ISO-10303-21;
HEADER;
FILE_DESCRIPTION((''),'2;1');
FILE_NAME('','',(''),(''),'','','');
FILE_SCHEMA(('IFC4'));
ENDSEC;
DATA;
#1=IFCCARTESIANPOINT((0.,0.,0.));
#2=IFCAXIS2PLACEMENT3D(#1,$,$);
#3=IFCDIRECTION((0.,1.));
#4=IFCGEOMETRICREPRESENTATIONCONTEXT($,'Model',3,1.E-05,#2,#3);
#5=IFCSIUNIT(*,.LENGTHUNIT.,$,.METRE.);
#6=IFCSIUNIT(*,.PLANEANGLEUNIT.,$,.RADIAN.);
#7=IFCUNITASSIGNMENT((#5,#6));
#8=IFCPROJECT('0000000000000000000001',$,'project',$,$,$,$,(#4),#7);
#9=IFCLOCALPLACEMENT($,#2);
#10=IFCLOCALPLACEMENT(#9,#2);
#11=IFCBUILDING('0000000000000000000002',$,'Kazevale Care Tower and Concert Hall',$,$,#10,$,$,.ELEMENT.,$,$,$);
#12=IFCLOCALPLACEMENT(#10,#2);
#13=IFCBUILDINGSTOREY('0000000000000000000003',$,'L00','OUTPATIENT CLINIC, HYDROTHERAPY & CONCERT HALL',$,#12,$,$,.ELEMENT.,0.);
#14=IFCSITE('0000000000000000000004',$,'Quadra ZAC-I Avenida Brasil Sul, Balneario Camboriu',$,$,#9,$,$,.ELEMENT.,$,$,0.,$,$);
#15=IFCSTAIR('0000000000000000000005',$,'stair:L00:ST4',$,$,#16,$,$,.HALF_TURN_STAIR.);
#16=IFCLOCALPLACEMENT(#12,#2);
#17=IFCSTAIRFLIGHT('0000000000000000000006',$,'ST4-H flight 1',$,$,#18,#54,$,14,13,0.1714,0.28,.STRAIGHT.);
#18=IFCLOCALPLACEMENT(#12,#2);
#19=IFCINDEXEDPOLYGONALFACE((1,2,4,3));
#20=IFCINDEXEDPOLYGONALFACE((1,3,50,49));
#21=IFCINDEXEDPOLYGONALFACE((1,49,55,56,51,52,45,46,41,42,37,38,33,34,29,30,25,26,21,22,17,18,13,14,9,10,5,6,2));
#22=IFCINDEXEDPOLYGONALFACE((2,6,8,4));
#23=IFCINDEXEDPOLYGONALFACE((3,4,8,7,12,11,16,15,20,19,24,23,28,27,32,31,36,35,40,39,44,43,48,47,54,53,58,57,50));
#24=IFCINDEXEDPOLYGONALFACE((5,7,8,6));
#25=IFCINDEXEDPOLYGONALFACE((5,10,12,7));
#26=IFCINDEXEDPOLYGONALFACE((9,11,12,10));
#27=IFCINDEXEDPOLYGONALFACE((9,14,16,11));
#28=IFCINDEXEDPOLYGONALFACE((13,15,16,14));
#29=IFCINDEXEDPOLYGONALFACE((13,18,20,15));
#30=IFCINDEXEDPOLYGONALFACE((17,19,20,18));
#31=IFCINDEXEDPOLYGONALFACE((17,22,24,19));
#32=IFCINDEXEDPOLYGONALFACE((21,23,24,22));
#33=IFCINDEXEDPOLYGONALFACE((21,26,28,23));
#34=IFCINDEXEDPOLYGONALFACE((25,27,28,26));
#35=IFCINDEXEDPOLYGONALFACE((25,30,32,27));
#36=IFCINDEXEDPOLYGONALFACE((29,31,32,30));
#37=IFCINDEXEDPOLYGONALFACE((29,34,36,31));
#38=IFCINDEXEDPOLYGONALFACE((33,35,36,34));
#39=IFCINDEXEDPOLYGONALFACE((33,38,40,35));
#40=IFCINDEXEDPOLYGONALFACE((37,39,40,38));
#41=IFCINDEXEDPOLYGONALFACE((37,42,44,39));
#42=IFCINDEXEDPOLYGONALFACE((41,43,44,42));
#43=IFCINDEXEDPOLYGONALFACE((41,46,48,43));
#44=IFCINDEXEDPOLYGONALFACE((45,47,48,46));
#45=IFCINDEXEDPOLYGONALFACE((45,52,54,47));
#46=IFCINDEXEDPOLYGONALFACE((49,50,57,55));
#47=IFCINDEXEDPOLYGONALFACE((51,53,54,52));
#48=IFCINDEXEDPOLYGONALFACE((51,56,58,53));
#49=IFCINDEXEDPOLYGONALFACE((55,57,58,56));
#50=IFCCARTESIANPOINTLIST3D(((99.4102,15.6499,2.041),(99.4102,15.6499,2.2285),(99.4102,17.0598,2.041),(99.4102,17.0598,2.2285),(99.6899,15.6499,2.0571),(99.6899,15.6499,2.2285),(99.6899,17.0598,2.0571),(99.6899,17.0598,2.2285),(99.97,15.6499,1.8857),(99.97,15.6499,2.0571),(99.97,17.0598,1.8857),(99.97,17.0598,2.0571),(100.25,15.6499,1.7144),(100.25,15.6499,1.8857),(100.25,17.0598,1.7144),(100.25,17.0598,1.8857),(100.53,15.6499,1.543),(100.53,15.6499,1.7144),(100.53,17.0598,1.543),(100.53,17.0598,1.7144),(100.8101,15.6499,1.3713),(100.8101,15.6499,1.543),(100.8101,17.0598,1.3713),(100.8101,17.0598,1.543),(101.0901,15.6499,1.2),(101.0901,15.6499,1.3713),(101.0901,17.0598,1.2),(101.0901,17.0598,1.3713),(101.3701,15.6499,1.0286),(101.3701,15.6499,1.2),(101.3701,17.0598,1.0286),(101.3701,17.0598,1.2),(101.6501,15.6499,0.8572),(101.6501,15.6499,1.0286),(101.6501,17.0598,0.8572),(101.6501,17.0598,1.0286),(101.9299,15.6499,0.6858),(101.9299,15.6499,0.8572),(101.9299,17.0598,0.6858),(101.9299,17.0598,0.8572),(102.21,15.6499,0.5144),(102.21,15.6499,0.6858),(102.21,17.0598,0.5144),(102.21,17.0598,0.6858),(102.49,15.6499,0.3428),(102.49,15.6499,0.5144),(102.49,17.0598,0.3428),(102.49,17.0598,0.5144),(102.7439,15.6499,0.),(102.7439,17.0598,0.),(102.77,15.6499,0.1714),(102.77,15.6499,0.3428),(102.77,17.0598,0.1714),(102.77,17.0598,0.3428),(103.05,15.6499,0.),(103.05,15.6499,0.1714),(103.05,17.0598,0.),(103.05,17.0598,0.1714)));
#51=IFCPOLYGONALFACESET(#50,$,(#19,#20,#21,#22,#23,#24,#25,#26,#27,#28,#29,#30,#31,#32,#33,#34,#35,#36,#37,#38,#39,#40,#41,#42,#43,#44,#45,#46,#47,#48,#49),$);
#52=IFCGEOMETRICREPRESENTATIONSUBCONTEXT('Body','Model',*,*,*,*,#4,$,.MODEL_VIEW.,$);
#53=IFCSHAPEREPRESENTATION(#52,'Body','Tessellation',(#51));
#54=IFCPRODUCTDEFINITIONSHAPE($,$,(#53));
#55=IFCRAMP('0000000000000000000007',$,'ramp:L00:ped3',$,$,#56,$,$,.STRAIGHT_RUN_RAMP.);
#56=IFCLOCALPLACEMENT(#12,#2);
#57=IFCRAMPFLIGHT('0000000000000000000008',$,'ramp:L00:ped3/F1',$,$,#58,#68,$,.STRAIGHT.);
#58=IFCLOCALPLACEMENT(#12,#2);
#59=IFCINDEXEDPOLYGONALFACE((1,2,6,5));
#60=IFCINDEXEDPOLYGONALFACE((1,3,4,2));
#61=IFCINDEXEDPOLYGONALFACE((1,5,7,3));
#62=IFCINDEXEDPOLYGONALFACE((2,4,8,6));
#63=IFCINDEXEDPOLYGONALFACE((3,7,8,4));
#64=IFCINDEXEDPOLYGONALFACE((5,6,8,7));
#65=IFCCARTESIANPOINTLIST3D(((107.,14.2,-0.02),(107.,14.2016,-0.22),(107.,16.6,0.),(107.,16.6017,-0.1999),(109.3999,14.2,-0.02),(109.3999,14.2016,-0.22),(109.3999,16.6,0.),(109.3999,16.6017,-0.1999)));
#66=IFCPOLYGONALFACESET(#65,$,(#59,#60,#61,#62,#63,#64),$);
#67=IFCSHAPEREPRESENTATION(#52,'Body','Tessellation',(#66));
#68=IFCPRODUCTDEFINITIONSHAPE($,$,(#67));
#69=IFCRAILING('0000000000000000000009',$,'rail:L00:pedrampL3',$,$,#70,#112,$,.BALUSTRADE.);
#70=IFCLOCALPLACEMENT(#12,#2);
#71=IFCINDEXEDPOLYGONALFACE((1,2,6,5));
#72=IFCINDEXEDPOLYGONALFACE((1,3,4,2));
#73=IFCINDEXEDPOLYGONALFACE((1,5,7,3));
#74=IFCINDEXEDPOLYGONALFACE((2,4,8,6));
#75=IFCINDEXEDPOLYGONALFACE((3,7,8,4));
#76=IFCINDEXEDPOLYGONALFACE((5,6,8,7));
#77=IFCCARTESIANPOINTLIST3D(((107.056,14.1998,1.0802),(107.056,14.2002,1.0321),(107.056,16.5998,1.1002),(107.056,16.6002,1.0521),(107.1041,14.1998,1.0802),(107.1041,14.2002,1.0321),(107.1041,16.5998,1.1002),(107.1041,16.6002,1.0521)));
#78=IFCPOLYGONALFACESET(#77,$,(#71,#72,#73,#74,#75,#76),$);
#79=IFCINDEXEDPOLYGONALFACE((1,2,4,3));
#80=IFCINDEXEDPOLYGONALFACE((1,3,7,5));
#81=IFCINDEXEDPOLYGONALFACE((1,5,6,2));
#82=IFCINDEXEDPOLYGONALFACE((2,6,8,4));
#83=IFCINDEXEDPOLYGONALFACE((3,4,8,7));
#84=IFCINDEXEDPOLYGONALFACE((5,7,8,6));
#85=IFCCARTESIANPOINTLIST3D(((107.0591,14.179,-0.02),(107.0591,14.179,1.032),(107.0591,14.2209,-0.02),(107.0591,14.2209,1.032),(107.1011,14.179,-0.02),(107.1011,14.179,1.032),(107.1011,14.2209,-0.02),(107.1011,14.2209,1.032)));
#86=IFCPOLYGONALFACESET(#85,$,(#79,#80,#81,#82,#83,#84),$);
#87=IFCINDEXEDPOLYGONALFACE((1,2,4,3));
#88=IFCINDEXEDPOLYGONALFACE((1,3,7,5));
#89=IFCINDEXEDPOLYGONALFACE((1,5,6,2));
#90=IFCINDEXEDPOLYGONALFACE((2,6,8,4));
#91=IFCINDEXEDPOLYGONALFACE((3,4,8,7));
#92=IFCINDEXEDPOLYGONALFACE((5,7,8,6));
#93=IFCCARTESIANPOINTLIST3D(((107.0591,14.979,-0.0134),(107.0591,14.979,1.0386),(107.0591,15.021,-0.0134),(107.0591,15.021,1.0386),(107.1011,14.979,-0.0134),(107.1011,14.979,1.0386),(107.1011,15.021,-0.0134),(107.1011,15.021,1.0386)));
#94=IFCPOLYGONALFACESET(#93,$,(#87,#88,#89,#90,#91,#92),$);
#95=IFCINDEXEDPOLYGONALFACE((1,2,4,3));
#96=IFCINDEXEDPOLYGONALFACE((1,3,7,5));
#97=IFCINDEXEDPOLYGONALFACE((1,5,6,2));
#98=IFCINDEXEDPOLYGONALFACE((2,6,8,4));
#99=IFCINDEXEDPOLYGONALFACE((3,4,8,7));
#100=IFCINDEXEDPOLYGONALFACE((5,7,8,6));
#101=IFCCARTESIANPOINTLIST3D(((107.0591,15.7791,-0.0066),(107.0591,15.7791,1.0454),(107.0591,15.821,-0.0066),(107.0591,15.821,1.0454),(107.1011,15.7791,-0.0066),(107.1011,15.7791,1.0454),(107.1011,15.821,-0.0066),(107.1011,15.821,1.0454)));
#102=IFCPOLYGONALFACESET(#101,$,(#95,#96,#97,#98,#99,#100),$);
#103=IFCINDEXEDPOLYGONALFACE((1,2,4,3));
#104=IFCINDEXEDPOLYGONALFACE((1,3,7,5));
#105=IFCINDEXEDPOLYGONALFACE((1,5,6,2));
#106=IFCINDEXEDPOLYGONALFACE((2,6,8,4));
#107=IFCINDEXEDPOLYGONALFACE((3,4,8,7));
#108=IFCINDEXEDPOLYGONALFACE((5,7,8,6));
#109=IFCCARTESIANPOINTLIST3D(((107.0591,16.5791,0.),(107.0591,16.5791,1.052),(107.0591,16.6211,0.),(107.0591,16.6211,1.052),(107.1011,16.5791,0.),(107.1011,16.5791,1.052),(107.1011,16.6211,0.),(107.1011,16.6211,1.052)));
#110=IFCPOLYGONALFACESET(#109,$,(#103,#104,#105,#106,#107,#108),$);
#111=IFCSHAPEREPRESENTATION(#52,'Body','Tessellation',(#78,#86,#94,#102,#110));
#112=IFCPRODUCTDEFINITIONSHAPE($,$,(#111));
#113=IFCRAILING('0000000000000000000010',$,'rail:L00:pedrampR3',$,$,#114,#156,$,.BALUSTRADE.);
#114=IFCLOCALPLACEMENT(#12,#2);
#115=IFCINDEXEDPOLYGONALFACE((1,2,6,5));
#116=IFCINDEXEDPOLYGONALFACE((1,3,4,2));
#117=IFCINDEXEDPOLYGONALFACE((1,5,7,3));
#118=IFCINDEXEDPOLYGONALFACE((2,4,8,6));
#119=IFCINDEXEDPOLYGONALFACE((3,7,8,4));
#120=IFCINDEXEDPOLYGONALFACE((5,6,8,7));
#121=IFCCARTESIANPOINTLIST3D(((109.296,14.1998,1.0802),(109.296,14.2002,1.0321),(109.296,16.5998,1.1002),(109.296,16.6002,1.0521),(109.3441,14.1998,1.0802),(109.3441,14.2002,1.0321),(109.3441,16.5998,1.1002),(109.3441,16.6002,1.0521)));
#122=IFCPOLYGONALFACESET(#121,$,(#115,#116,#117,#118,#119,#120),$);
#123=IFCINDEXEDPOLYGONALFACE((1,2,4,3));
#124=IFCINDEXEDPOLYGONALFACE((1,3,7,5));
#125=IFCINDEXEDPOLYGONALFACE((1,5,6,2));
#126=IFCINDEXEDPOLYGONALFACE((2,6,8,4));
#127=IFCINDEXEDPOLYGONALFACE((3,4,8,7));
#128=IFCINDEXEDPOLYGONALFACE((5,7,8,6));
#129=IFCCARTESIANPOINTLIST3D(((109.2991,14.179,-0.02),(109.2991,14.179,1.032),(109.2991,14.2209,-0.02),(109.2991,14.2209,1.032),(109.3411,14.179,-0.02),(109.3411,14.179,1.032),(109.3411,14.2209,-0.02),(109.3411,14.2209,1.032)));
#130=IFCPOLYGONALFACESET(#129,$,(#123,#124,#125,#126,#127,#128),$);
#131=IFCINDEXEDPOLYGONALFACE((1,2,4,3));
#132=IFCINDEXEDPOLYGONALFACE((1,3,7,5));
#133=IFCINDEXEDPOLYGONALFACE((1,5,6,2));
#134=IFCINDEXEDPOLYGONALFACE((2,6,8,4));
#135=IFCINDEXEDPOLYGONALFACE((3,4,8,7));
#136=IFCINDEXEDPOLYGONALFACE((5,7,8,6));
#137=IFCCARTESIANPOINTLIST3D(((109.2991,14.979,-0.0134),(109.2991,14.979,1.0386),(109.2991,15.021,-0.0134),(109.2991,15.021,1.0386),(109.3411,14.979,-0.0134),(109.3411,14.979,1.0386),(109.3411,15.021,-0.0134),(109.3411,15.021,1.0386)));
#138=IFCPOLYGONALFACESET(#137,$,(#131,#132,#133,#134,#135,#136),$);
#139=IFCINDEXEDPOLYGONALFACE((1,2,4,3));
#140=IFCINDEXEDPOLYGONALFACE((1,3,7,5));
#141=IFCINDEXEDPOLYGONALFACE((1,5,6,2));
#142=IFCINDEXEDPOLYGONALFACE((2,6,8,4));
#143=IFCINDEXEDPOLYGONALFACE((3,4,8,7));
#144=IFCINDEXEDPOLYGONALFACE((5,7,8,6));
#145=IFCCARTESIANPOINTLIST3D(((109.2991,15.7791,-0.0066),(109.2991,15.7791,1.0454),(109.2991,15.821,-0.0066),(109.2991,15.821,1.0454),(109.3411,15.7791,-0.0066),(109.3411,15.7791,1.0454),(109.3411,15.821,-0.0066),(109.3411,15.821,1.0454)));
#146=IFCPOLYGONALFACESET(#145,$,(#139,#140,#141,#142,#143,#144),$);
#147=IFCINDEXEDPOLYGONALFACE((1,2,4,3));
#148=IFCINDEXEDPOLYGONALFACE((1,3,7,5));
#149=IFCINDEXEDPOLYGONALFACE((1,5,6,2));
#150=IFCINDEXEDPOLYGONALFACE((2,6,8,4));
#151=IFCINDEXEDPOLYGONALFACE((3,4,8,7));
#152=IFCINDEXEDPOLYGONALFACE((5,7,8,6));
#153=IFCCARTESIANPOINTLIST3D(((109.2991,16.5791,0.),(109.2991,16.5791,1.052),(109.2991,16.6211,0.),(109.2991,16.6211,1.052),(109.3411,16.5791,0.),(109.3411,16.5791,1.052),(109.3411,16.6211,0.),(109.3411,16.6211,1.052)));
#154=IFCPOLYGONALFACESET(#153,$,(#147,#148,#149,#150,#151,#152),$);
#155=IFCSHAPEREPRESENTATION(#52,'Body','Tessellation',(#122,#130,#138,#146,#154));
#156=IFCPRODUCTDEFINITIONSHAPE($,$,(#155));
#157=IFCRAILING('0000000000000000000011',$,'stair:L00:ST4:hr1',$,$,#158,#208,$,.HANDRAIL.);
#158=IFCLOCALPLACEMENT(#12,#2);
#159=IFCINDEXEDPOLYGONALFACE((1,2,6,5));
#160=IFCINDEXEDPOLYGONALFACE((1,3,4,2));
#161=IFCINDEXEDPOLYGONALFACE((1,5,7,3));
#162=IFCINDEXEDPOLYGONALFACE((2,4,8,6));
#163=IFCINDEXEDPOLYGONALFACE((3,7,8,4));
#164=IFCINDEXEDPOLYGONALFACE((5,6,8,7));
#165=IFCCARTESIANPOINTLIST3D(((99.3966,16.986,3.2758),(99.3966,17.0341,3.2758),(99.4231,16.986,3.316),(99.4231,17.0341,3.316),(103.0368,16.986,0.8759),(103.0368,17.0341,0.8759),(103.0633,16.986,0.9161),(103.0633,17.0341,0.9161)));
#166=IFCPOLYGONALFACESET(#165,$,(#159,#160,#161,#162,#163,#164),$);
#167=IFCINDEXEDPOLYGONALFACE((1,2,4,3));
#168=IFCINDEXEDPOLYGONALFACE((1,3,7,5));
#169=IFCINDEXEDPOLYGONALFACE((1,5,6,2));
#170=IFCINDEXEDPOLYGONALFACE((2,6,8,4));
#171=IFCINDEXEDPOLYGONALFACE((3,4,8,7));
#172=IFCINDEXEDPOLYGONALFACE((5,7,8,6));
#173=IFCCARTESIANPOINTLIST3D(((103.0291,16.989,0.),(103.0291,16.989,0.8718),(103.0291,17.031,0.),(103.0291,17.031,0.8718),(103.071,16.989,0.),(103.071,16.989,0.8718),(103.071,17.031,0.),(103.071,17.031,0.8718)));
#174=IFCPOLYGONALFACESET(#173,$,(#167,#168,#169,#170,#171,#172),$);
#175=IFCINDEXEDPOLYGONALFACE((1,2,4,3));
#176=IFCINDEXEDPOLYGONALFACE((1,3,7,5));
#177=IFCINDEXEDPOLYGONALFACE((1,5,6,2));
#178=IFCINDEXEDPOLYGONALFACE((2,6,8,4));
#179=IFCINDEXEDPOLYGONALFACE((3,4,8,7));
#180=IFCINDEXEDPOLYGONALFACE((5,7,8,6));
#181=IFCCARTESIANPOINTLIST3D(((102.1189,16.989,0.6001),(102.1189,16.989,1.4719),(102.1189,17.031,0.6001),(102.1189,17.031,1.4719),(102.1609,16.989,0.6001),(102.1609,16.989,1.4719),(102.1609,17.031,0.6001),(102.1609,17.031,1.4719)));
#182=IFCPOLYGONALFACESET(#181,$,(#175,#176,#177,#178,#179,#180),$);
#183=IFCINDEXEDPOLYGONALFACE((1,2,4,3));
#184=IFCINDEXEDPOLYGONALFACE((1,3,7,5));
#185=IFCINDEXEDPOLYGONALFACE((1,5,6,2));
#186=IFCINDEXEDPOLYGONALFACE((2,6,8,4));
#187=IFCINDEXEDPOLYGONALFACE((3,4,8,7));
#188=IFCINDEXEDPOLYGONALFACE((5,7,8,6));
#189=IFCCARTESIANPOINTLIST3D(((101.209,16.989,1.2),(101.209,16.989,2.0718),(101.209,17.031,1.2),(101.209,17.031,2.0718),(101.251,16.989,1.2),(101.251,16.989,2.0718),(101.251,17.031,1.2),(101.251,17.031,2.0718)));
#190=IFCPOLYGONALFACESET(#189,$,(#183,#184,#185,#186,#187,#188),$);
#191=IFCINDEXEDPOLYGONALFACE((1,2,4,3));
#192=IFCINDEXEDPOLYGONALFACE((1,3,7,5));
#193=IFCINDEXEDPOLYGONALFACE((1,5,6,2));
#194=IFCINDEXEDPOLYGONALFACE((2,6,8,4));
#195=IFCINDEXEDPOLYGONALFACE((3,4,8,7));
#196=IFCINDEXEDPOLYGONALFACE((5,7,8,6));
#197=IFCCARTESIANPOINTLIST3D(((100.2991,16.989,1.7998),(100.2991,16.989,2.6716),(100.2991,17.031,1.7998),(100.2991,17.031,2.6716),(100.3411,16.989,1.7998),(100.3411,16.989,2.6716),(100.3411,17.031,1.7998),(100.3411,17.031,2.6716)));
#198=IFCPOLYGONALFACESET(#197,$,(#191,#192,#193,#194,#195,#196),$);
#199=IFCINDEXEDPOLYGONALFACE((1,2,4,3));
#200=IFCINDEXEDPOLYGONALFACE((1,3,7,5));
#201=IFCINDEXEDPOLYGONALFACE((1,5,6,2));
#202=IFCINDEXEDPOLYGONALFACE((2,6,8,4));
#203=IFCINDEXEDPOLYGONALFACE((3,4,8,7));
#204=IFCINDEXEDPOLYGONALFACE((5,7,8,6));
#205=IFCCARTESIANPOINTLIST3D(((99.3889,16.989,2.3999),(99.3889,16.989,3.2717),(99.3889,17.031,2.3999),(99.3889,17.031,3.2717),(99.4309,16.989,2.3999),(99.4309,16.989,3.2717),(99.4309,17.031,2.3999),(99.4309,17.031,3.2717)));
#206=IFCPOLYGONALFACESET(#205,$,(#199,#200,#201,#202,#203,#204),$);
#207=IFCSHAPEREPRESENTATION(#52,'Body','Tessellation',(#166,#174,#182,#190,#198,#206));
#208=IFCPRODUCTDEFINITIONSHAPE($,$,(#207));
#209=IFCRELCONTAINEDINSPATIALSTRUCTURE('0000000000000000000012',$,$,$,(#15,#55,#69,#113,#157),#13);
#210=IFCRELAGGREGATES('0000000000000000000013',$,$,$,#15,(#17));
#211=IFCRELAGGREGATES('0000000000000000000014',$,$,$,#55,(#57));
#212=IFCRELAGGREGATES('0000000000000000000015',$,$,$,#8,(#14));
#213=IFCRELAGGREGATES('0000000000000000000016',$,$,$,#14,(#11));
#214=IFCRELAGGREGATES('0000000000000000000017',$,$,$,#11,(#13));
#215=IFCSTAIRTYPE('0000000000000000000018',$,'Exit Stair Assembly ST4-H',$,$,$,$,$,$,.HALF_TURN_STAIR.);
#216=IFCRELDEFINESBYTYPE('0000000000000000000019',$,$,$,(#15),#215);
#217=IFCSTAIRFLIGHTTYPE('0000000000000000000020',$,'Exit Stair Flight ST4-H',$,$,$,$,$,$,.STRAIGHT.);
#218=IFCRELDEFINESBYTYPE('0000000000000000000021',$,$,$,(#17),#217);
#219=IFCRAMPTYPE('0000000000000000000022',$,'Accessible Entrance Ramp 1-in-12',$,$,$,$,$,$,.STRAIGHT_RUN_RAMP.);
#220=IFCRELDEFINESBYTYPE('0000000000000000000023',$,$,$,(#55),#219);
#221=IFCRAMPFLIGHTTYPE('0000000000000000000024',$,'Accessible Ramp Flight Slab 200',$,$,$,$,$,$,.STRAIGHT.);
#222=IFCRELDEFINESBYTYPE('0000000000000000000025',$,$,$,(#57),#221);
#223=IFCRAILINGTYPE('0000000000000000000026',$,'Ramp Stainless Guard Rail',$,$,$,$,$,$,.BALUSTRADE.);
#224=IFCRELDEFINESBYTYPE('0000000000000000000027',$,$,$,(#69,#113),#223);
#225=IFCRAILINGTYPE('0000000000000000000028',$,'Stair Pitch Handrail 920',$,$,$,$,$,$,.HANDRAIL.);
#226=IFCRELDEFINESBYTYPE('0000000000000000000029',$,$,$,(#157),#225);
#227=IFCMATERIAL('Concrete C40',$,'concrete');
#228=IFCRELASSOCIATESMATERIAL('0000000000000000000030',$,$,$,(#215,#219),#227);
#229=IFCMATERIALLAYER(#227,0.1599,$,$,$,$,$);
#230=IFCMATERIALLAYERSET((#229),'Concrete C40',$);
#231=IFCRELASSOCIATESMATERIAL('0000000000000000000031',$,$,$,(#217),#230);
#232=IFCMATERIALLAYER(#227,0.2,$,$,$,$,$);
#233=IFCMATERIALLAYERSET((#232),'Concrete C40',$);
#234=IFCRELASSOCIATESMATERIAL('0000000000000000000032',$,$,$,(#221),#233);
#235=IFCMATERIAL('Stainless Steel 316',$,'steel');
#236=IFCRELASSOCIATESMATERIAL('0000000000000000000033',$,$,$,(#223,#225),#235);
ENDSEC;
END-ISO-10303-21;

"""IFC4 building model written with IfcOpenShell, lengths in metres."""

from ifc_helpers import new_model, si_unit, direction, frame, origin, origin_2d, place, context, subcontext, project, spatial, polyline, rectangle, outline, extrude, material, layer, layer_set, type_object, element, aggregate, save


model = new_model("IFC4")

# Units and contexts
model_context = context("Model", 3, precision=1e-05, world=origin(), true_north=direction((0.0, 1.0)))
body_context = subcontext(model_context, "Body", "Model", "MODEL_VIEW")
ifc_project = project(units=[si_unit("LENGTHUNIT", "METRE"), si_unit("PLANEANGLEUNIT", "RADIAN")], contexts=[model_context])

# Site, building, storey
site_placement = place(None, origin())
site = spatial("IfcSite", under=ifc_project, at=site_placement, Name="Quadra ZAC-I Avenida Brasil Sul, Balneario Camboriu", CompositionType="ELEMENT", RefElevation=0.0)
building_placement = place(site_placement, origin())
building = spatial("IfcBuilding", under=site, at=building_placement, Name="Kazevale Care Tower and Concert Hall", CompositionType="ELEMENT")
storey_placement = place(building_placement, origin())
storey = spatial("IfcBuildingStorey", under=building, at=storey_placement, Name="L00", Description="OUTPATIENT CLINIC, HYDROTHERAPY & CONCERT HALL", CompositionType="ELEMENT", Elevation=0.0)

# Stair, stair flight
ifc_material_1 = material(Name="Concrete C40", Category="concrete")
stair_type = type_object("IfcStairType", Name="Exit Stair Assembly ST4-H", PredefinedType="HALF_TURN_STAIR", material=ifc_material_1)
stair_placement = place(storey_placement, origin())
stair = element("IfcStair", 1, at=stair_placement, inside=storey, type_object=stair_type, Name="stair:L00:ST4", PredefinedType="HALF_TURN_STAIR")
ifc_layer_1 = layer(ifc_material_1, 0.1599)
ifc_layer_set_1 = layer_set([ifc_layer_1], Name="Concrete C40")
stair_flight_type = type_object("IfcStairFlightType", Name="Exit Stair Flight ST4-H", PredefinedType="STRAIGHT", material=ifc_layer_set_1)
stair_flight_placement = place(storey_placement, frame((103.05, 16.355, 0.0), z_axis=(0.0, 0.0, 1.0), x_axis=(-1.0, 0.0, 0.0)))
stair_flight = element("IfcStairFlight", 2, at=stair_flight_placement, type_object=stair_flight_type, Name="ST4-H flight 1", NumberOfRisers=14, NumberOfTreads=13, PredefinedType="STRAIGHT", RiserHeight=0.1714, TreadLength=0.28, context=body_context, shape_type="SweptSolid", body=[
    extrude(outline(polyline([(0.0, 0.0), (0.0, 0.1714), (0.28, 0.1714), (0.28, 0.3428), (0.5601, 0.3428), (0.5601, 0.5144), (0.8401, 0.5144), (0.8401, 0.6858), (1.1201, 0.6858), (1.1201, 0.8572), (1.3999, 0.8572), (1.3999, 1.0286), (1.6799, 1.0286), (1.6799, 1.2), (1.96, 1.2), (1.96, 1.3713), (2.24, 1.3713), (2.24, 1.543), (2.52, 1.543), (2.52, 1.7144), (2.8, 1.7144), (2.8, 1.8857), (3.0801, 1.8857), (3.0801, 2.0571), (3.3601, 2.0571), (3.3601, 2.2285), (3.6399, 2.2285), (3.6399, 2.3999), (3.6399, 2.041), (0.3062, 0.0), (0.0, 0.0)])), frame((0.0, 0.7051, 0.0), z_axis=(0.0, -1.0, 0.0), x_axis=(1.0, 0.0, 0.0)), (0.0, 0.0, 1.0), 1.4099),
])
aggregate(stair, [stair_flight])

# Ramp, ramp flight
ramp_type = type_object("IfcRampType", Name="Accessible Entrance Ramp 1-in-12", PredefinedType="STRAIGHT_RUN_RAMP", material=ifc_material_1)
ramp_placement = place(storey_placement, origin())
ramp = element("IfcRamp", 3, at=ramp_placement, inside=storey, type_object=ramp_type, Name="ramp:L00:ped3", PredefinedType="STRAIGHT_RUN_RAMP")
ifc_layer_2 = layer(ifc_material_1, 0.2)
ifc_layer_set_2 = layer_set([ifc_layer_2], Name="Concrete C40")
ramp_flight_type = type_object("IfcRampFlightType", Name="Accessible Ramp Flight Slab 200", PredefinedType="STRAIGHT", material=ifc_layer_set_2)
ramp_flight_placement = place(storey_placement, frame((107.0, 14.2, -0.02), z_axis=(0.0, -0.008341, 0.999965), x_axis=(0.0, 0.999965, 0.008341)))
ramp_flight = element("IfcRampFlight", 4, at=ramp_flight_placement, type_object=ramp_flight_type, Name="ramp:L00:ped3/F1", PredefinedType="STRAIGHT", context=body_context, shape_type="SweptSolid", body=[
    extrude(outline(polyline([(0.0, 0.0), (2.4001, 0.0), (2.4001, -2.3999), (0.0, -2.3999), (0.0, 0.0)])), origin(), (0.0, 0.0, -1.0), 0.2),
])
aggregate(ramp, [ramp_flight])

# Railings
ifc_material_2 = material(Name="Stainless Steel 316", Category="steel")
railing_type_1 = type_object("IfcRailingType", Name="Ramp Stainless Guard Rail", PredefinedType="BALUSTRADE", material=ifc_material_2)
for number, where, name in (
    (5, (107.0801, 14.2, -0.02), "rail:L00:pedrampL3"),
    (6, (109.3201, 14.2, -0.02), "rail:L00:pedrampR3"),
):
    element("IfcRailing", number, at=place(storey_placement, frame(where)), inside=storey, type_object=railing_type_1, Name=name, PredefinedType="BALUSTRADE", context=body_context, shape_type="SweptSolid", body=[
        extrude(rectangle(XDim=0.0481, YDim=0.0481, at=origin_2d()), frame((0.0, 0.0, 1.0762), z_axis=(0.0, 0.999965, 0.008341), x_axis=(-1.0, 0.0, 0.0)), (0.0, 0.0, 1.0), 2.4001),
        extrude(rectangle(XDim=0.042, YDim=0.042, at=origin_2d()), origin(), (0.0, 0.0, 1.0), 1.052),
        extrude(rectangle(XDim=0.042, YDim=0.042, at=origin_2d()), frame((0.0, 0.8, 0.0066)), (0.0, 0.0, 1.0), 1.052),
        extrude(rectangle(XDim=0.042, YDim=0.042, at=origin_2d()), frame((0.0, 1.6001, 0.0134)), (0.0, 0.0, 1.0), 1.052),
        extrude(rectangle(XDim=0.042, YDim=0.042, at=origin_2d()), frame((0.0, 2.4001, 0.02)), (0.0, 0.0, 1.0), 1.052),
    ])
railing_type_2 = type_object("IfcRailingType", Name="Stair Pitch Handrail 920", PredefinedType="HANDRAIL", material=ifc_material_2)
railing_placement = place(storey_placement, frame((103.05, 17.01, 0.0)))
element("IfcRailing", 7, at=railing_placement, inside=storey, type_object=railing_type_2, Name="stair:L00:ST4:hr1", PredefinedType="HANDRAIL", context=body_context, shape_type="SweptSolid", body=[
    extrude(rectangle(XDim=0.0481, YDim=0.0481, at=origin_2d()), frame((0.0, 0.0, 0.896), z_axis=(-0.834882, 0.0, 0.550429), x_axis=(0.0, -1.0, 0.0)), (0.0, 0.0, 1.0), 4.3601),
    extrude(rectangle(XDim=0.042, YDim=0.042, at=origin_2d()), origin(), (0.0, 0.0, 1.0), 0.8718),
    extrude(rectangle(XDim=0.042, YDim=0.042, at=origin_2d()), frame((-0.9102, 0.0, 0.6001)), (0.0, 0.0, 1.0), 0.8718),
    extrude(rectangle(XDim=0.042, YDim=0.042, at=origin_2d()), frame((-1.8201, 0.0, 1.2)), (0.0, 0.0, 1.0), 0.8718),
    extrude(rectangle(XDim=0.042, YDim=0.042, at=origin_2d()), frame((-2.73, 0.0, 1.7998)), (0.0, 0.0, 1.0), 0.8718),
    extrude(rectangle(XDim=0.042, YDim=0.042, at=origin_2d()), frame((-3.6401, 0.0, 2.3999)), (0.0, 0.0, 1.0), 0.8718),
])

save(model, "model.ifc")
